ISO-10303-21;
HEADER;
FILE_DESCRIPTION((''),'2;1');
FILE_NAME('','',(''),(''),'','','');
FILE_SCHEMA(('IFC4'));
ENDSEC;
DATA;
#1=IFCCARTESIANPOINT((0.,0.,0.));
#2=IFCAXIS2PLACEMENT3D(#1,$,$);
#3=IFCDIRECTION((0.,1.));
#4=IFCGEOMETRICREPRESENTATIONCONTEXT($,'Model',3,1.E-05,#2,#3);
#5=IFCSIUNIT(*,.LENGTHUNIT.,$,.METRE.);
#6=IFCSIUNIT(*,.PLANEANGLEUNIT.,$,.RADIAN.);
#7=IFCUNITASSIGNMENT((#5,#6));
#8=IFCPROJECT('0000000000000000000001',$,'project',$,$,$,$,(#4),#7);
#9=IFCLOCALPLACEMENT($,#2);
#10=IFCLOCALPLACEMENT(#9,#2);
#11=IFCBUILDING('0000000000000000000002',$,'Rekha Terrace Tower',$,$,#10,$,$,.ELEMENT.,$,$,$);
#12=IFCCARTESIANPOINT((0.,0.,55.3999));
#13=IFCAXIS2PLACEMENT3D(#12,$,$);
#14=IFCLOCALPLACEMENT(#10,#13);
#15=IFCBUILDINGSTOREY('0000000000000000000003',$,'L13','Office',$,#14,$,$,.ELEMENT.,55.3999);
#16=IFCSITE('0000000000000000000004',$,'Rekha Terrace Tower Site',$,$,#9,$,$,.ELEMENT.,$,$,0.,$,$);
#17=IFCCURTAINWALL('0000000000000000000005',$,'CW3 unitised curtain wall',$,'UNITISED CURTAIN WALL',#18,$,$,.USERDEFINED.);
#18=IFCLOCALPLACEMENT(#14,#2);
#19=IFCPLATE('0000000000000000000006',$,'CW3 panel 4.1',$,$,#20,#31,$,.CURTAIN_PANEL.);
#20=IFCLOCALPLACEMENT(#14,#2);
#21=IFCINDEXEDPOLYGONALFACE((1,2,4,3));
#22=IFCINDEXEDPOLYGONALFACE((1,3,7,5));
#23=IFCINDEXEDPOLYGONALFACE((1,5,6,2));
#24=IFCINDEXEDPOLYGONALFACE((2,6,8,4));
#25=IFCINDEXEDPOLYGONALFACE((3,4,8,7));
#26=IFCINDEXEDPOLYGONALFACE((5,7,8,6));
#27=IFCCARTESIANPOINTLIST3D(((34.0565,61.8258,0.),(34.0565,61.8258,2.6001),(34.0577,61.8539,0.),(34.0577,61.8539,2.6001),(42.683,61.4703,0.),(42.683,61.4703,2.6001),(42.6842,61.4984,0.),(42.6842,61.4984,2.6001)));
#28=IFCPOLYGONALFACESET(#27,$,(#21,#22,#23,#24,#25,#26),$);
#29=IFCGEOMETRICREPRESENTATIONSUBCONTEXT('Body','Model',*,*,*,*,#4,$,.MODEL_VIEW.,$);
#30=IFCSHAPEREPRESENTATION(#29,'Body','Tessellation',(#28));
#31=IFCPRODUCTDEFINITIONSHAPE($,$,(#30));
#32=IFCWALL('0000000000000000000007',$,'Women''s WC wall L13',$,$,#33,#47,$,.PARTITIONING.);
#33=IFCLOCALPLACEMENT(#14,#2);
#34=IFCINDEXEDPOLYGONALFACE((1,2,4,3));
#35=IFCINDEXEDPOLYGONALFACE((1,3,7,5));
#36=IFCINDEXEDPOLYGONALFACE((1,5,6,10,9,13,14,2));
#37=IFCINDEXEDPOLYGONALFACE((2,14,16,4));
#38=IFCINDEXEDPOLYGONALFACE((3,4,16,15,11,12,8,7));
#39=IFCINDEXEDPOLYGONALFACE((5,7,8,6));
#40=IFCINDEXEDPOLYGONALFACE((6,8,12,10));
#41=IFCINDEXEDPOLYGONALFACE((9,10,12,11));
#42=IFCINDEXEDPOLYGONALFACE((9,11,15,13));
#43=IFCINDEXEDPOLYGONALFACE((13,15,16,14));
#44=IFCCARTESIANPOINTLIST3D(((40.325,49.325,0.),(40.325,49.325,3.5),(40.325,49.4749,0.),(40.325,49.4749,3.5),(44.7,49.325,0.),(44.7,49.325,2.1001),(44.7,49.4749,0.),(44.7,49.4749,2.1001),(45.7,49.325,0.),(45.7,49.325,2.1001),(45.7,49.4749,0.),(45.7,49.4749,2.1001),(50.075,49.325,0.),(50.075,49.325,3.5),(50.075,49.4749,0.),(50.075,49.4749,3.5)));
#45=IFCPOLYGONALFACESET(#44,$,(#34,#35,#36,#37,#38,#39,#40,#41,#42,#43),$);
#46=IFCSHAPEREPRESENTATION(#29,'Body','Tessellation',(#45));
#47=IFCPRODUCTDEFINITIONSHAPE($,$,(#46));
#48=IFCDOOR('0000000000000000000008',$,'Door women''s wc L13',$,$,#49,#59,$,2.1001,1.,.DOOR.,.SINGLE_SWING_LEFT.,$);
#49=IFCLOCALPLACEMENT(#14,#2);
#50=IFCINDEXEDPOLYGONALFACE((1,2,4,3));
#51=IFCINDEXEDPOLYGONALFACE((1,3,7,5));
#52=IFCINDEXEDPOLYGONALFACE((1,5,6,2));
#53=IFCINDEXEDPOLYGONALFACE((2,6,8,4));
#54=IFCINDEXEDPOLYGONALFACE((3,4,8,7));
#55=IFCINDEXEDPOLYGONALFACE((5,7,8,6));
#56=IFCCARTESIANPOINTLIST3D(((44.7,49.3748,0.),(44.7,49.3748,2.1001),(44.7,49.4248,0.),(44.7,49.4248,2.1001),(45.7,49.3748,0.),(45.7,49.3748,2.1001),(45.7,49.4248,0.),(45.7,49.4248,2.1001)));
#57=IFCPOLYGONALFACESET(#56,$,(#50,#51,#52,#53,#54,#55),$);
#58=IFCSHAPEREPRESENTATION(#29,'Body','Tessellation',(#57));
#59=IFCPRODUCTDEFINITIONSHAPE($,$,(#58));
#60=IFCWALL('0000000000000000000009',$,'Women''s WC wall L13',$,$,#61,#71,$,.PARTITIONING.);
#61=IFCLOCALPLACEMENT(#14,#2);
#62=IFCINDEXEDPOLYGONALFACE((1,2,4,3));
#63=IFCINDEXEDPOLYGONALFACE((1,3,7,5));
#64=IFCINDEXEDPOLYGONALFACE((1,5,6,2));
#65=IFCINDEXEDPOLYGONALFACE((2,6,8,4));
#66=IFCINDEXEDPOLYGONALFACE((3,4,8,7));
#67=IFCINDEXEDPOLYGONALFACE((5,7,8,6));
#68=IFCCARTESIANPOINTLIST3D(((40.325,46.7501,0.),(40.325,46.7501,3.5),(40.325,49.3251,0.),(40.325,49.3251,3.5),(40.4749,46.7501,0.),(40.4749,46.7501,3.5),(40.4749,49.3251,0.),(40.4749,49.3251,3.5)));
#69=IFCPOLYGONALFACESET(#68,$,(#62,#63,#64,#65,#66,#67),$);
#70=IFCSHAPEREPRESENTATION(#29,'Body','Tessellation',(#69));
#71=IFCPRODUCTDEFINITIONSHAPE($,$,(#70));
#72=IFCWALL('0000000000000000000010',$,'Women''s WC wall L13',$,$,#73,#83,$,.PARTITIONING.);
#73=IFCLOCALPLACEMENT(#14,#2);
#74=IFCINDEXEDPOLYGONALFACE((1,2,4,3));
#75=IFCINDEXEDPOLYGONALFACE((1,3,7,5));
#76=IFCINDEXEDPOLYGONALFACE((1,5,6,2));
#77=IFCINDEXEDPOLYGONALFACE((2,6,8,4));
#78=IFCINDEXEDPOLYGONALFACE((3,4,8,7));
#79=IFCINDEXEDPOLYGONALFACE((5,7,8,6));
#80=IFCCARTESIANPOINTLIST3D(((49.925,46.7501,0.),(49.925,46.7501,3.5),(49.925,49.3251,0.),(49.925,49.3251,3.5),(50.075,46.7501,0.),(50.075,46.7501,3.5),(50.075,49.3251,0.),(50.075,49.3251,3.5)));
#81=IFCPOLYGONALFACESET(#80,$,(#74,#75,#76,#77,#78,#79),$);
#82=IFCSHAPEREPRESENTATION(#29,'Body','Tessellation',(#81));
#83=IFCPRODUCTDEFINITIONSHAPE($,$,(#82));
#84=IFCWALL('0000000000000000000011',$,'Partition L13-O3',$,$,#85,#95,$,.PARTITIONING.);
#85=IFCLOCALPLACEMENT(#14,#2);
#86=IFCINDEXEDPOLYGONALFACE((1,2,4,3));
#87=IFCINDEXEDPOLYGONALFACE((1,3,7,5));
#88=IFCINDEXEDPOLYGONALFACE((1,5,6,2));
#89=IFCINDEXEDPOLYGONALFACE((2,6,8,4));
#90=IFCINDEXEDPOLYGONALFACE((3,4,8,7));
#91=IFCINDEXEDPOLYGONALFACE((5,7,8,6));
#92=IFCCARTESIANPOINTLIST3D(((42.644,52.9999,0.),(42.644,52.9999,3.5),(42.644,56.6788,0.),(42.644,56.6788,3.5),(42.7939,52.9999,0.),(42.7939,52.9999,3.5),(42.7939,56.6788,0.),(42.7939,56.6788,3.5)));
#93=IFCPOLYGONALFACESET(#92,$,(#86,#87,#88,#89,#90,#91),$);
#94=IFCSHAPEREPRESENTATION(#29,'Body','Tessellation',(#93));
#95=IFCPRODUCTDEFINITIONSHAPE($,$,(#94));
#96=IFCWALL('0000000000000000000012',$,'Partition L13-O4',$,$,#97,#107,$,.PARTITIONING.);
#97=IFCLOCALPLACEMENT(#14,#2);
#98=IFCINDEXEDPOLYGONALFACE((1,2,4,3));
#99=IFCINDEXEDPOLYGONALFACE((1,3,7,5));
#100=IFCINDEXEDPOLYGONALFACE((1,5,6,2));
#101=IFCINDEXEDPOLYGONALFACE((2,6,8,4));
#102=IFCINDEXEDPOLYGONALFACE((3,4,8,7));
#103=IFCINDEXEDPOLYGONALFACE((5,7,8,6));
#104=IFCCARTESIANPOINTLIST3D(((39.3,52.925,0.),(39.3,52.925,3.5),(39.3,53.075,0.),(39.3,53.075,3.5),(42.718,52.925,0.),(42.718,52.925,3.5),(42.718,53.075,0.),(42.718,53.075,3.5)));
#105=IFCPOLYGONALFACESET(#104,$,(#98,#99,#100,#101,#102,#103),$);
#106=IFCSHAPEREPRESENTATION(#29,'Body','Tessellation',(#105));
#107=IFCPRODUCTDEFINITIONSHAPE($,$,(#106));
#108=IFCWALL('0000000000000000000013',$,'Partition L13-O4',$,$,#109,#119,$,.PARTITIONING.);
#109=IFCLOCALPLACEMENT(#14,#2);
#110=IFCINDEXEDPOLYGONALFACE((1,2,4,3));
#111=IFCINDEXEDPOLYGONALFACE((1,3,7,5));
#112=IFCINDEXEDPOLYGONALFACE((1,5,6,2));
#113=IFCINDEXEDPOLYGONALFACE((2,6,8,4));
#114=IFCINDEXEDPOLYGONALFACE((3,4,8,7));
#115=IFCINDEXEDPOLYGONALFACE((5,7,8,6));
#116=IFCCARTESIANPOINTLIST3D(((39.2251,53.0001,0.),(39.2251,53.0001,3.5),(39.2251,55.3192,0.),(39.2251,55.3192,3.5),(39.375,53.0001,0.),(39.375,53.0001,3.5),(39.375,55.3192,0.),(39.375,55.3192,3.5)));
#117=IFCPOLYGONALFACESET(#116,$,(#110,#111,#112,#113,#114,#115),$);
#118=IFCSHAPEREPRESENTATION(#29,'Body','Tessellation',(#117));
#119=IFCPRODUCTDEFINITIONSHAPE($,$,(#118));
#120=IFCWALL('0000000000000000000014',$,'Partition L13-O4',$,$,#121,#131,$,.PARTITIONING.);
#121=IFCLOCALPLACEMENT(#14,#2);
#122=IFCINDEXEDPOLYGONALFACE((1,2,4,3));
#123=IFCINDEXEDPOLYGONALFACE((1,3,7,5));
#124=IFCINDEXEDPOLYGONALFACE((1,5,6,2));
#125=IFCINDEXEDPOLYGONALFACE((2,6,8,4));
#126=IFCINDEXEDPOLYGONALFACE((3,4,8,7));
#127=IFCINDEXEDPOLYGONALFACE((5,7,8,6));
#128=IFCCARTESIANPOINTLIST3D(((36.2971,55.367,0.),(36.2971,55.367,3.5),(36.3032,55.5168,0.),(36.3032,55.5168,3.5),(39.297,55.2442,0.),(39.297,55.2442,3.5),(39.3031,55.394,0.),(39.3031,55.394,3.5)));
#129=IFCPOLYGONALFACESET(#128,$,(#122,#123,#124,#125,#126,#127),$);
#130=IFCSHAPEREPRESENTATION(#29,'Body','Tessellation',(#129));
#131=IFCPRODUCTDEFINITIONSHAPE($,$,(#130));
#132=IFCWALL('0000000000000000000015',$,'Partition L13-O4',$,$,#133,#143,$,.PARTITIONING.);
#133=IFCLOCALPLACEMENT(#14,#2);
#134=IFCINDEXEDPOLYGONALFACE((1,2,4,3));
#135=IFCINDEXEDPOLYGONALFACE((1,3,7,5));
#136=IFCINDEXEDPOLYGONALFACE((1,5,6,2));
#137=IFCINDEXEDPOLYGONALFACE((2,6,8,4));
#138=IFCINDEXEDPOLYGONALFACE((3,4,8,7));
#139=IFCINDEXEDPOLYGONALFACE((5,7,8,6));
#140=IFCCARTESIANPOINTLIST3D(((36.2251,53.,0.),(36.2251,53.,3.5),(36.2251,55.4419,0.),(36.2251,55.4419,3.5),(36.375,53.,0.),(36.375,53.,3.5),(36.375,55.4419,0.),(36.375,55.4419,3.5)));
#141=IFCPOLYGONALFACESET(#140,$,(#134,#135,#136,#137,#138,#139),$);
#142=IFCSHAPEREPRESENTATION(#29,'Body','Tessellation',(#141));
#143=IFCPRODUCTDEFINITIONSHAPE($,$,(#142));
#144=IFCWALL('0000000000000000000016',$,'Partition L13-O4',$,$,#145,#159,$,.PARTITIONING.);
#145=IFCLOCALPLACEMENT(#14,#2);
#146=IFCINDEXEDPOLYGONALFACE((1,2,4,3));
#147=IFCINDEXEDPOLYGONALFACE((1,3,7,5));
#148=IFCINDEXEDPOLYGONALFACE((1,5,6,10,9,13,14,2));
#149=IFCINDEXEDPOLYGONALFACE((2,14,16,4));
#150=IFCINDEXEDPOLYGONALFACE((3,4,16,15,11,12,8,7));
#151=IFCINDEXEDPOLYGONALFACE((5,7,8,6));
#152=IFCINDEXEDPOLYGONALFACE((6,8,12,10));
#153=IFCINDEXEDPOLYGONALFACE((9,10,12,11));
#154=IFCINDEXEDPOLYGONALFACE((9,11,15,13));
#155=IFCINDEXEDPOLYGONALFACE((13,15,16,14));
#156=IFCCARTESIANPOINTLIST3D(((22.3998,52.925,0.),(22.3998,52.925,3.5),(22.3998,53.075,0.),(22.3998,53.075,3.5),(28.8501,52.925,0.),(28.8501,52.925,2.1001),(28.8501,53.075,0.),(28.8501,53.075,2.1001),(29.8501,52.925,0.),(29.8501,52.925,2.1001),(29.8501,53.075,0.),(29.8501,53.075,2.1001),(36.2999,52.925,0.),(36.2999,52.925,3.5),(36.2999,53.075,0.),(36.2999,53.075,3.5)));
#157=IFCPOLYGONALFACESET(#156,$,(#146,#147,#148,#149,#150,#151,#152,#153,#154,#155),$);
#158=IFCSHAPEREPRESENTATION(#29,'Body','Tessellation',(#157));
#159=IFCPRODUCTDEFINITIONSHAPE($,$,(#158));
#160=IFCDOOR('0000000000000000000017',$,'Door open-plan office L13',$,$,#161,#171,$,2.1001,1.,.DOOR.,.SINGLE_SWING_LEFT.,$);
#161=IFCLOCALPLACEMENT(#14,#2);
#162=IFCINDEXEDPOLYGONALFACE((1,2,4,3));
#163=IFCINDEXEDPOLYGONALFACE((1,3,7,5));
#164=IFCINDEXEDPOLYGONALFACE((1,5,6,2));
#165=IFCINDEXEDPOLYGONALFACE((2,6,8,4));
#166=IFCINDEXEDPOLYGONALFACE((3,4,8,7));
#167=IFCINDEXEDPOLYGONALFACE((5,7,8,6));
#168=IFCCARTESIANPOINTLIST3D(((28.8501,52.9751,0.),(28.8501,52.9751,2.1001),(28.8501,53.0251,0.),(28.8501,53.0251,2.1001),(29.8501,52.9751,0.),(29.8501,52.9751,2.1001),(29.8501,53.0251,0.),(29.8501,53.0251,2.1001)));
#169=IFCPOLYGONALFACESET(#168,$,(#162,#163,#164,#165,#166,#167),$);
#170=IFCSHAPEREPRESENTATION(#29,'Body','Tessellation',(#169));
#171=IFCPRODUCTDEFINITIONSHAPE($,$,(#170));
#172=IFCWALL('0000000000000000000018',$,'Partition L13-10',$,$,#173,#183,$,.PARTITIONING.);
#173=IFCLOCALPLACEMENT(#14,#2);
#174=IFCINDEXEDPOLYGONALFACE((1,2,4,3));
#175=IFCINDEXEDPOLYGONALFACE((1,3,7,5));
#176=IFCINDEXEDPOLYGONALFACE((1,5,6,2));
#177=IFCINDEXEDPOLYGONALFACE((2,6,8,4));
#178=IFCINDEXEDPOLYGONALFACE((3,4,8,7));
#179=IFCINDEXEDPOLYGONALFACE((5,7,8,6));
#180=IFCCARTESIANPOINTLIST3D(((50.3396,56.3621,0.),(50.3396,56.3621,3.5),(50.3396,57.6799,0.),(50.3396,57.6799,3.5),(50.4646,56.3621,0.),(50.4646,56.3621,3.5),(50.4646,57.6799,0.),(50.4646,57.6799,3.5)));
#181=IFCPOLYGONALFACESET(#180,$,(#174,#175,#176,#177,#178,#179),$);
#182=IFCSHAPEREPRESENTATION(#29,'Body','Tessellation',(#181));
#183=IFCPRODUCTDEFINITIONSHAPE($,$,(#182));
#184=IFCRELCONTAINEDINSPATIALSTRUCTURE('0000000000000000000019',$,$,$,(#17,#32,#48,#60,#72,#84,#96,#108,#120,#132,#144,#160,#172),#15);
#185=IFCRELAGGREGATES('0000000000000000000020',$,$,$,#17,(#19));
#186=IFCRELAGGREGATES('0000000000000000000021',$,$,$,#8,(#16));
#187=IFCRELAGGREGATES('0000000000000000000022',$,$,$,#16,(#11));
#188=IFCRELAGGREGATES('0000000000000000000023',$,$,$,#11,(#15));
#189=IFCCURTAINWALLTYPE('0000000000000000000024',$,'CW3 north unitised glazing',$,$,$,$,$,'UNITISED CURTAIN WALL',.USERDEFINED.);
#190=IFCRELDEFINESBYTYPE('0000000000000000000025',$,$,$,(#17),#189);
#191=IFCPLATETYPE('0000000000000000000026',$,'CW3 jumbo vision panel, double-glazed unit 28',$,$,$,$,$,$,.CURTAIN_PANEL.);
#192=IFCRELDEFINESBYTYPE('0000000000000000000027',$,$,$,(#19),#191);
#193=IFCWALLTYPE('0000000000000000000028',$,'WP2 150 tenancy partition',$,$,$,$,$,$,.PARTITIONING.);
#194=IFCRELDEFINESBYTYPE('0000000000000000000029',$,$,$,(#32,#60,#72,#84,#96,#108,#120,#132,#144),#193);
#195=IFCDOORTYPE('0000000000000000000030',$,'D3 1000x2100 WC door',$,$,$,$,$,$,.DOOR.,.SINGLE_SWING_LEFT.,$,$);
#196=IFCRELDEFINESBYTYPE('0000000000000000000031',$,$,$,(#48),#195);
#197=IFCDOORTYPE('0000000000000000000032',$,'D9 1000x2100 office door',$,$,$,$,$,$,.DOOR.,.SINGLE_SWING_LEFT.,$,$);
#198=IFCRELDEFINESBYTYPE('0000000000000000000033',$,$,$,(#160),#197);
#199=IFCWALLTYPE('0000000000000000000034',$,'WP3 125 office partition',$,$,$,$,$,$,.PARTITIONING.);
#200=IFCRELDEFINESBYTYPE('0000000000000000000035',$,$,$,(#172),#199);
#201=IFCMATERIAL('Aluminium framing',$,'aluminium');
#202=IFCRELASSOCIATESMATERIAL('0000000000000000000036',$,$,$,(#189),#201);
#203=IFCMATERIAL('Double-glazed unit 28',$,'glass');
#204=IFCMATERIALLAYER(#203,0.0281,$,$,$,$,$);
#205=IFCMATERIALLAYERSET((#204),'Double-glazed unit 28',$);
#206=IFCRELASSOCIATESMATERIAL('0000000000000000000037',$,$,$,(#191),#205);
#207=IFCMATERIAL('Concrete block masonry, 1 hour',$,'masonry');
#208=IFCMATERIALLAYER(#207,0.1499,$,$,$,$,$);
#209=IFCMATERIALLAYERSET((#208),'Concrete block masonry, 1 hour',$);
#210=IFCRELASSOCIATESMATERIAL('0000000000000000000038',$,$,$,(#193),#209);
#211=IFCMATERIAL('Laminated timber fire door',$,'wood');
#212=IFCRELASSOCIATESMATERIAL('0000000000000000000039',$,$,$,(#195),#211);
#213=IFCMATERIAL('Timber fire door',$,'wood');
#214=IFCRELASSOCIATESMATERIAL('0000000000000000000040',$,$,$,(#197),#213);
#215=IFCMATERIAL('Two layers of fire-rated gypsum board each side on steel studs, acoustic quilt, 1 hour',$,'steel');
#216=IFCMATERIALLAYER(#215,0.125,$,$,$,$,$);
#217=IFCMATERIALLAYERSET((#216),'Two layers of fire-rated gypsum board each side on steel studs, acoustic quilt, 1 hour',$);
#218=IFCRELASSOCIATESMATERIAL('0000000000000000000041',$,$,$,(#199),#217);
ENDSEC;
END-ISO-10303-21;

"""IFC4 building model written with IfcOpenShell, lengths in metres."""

from ifc_helpers import new_model, si_unit, direction, frame, frame_2d, origin, origin_2d, place, context, subcontext, project, spatial, rectangle, extrude, material, layer, layer_set, type_object, element, fill, aggregate, save


model = new_model("IFC4")

# Units and contexts
model_context = context("Model", 3, precision=1e-05, world=origin(), true_north=direction((0.0, 1.0)))
body_context = subcontext(model_context, "Body", "Model", "MODEL_VIEW")
ifc_project = project(units=[si_unit("LENGTHUNIT", "METRE"), si_unit("PLANEANGLEUNIT", "RADIAN")], contexts=[model_context])

# Site, building, storey
site_placement = place(None, origin())
site = spatial("IfcSite", under=ifc_project, at=site_placement, Name="Rekha Terrace Tower Site", CompositionType="ELEMENT", RefElevation=0.0)
building_placement = place(site_placement, origin())
building = spatial("IfcBuilding", under=site, at=building_placement, Name="Rekha Terrace Tower", CompositionType="ELEMENT")
storey_placement = place(building_placement, frame((0.0, 0.0, 55.3999)))
storey = spatial("IfcBuildingStorey", under=building, at=storey_placement, Name="L13", Description="Office", CompositionType="ELEMENT", Elevation=55.3999)

# Curtain wall, plate
ifc_material_1 = material(Name="Aluminium framing", Category="aluminium")
curtain_wall_type = type_object("IfcCurtainWallType", Name="CW3 north unitised glazing", ElementType="UNITISED CURTAIN WALL", PredefinedType="USERDEFINED", material=ifc_material_1)
curtain_wall_placement = place(storey_placement, origin())
curtain_wall = element("IfcCurtainWall", 1, at=curtain_wall_placement, inside=storey, type_object=curtain_wall_type, Name="CW3 unitised curtain wall", ObjectType="UNITISED CURTAIN WALL", PredefinedType="USERDEFINED")
ifc_material_2 = material(Name="Double-glazed unit 28", Category="glass")
ifc_layer_1 = layer(ifc_material_2, 0.0281)
ifc_layer_set_1 = layer_set([ifc_layer_1], Name="Double-glazed unit 28")
plate_type = type_object("IfcPlateType", Name="CW3 jumbo vision panel, double-glazed unit 28", PredefinedType="CURTAIN_PANEL", material=ifc_layer_set_1)
plate_1_placement = place(storey_placement, frame((38.3704, 61.6621, 0.0), z_axis=(0.0, 0.0, 1.0), x_axis=(-0.999152, 0.041174, 0.0)))
plate_1 = element("IfcPlate", 2, at=plate_1_placement, type_object=plate_type, Name="CW3 panel 4.1", PredefinedType="CURTAIN_PANEL", context=body_context, shape_type="SweptSolid", body=[
    extrude(rectangle(XDim=8.6338, YDim=0.0281, at=origin_2d()), origin(), (0.0, 0.0, 1.0), 2.6001),
])
aggregate(curtain_wall, [plate_1])

# Wall, opening, door
ifc_material_3 = material(Name="Concrete block masonry, 1 hour", Category="masonry")
ifc_layer_2 = layer(ifc_material_3, 0.1499)
ifc_layer_set_2 = layer_set([ifc_layer_2], Name="Concrete block masonry, 1 hour")
wall_type_1 = type_object("IfcWallType", Name="WP2 150 tenancy partition", PredefinedType="PARTITIONING", material=ifc_layer_set_2)
wall_1_placement = place(storey_placement, frame((40.325, 49.3999, 0.0), z_axis=(0.0, 0.0, 1.0), x_axis=(1.0, 0.0, 0.0)))
wall_1 = element("IfcWall", 3, at=wall_1_placement, inside=storey, type_object=wall_type_1, Name="Women's WC wall L13", PredefinedType="PARTITIONING", context=body_context, shape_type="SweptSolid", body=[
    extrude(rectangle(XDim=9.75, YDim=0.1499, at=frame_2d((4.875, 0.0))), origin(), (0.0, 0.0, 1.0), 3.5),
])
opening_1_placement = place(wall_1_placement, frame((4.375, 0.0, 0.0)))
opening_1 = element("IfcOpeningElement", 4, at=opening_1_placement, cuts=wall_1, PredefinedType="OPENING", context=body_context, shape_type="SweptSolid", body=[
    extrude(rectangle(XDim=1.0, YDim=2.1001, at=frame_2d((0.5, 1.05))), frame((0.0, 0.085, 0.0), z_axis=(0.0, -1.0, 0.0), x_axis=(1.0, 0.0, 0.0)), (0.0, 0.0, 1.0), 0.1699),
])
ifc_material_4 = material(Name="Laminated timber fire door", Category="wood")
door_type_1 = type_object("IfcDoorType", Name="D3 1000x2100 WC door", OperationType="SINGLE_SWING_LEFT", PredefinedType="DOOR", material=ifc_material_4)
door_1_placement = place(opening_1_placement, origin())
door_1 = element("IfcDoor", 5, at=door_1_placement, inside=storey, type_object=door_type_1, Name="Door women's wc L13", OperationType="SINGLE_SWING_LEFT", OverallHeight=2.1001, OverallWidth=1.0, PredefinedType="DOOR", context=body_context, shape_type="SweptSolid", body=[
    extrude(rectangle(XDim=1.0, YDim=2.1001, at=frame_2d((0.5, 1.05))), frame((0.0, 0.0249, 0.0), z_axis=(0.0, -1.0, 0.0), x_axis=(1.0, 0.0, 0.0)), (0.0, 0.0, 1.0), 0.05),
])
fill(opening_1, door_1)

# Walls
for number, where, z_axis, x_axis, name in (
    (6, (40.3999, 46.75, 0.0), (0.0, 0.0, 1.0), (0.0, 1.0, 0.0), "Women's WC wall L13"),
    (7, (50.0, 46.75, 0.0), (0.0, 0.0, 1.0), (0.0, 1.0, 0.0), "Women's WC wall L13"),
):
    element("IfcWall", number, at=place(storey_placement, frame(where, z_axis=z_axis, x_axis=x_axis)), inside=storey, type_object=wall_type_1, Name=name, PredefinedType="PARTITIONING", context=body_context, shape_type="SweptSolid", body=[
        extrude(rectangle(XDim=2.575, YDim=0.1499, at=frame_2d((1.2876, 0.0))), origin(), (0.0, 0.0, 1.0), 3.5),
    ])
wall_2_placement = place(storey_placement, frame((42.719, 53.0, 0.0), z_axis=(0.0, 0.0, 1.0), x_axis=(0.0, 1.0, 0.0)))
element("IfcWall", 8, at=wall_2_placement, inside=storey, type_object=wall_type_1, Name="Partition L13-O3", PredefinedType="PARTITIONING", context=body_context, shape_type="SweptSolid", body=[
    extrude(rectangle(XDim=3.679, YDim=0.1499, at=frame_2d((1.8394, 0.0))), origin(), (0.0, 0.0, 1.0), 3.5),
])
wall_3_placement = place(storey_placement, frame((42.718, 53.0, 0.0), z_axis=(0.0, 0.0, 1.0), x_axis=(-1.0, 0.0, 0.0)))
element("IfcWall", 9, at=wall_3_placement, inside=storey, type_object=wall_type_1, Name="Partition L13-O4", PredefinedType="PARTITIONING", context=body_context, shape_type="SweptSolid", body=[
    extrude(rectangle(XDim=3.418, YDim=0.1499, at=frame_2d((1.709, 0.0))), origin(), (0.0, 0.0, 1.0), 3.5),
])
wall_4_placement = place(storey_placement, frame((39.3, 53.0, 0.0), z_axis=(0.0, 0.0, 1.0), x_axis=(0.0, 1.0, 0.0)))
element("IfcWall", 10, at=wall_4_placement, inside=storey, type_object=wall_type_1, Name="Partition L13-O4", PredefinedType="PARTITIONING", context=body_context, shape_type="SweptSolid", body=[
    extrude(rectangle(XDim=2.3191, YDim=0.1499, at=frame_2d((1.1597, 0.0))), origin(), (0.0, 0.0, 1.0), 3.5),
])
wall_5_placement = place(storey_placement, frame((39.3, 55.3191, 0.0), z_axis=(0.0, 0.0, 1.0), x_axis=(-0.999163, 0.0409, 0.0)))
element("IfcWall", 11, at=wall_5_placement, inside=storey, type_object=wall_type_1, Name="Partition L13-O4", PredefinedType="PARTITIONING", context=body_context, shape_type="SweptSolid", body=[
    extrude(rectangle(XDim=3.0024, YDim=0.1499, at=frame_2d((1.5012, 0.0))), origin(), (0.0, 0.0, 1.0), 3.5),
])
wall_6_placement = place(storey_placement, frame((36.3, 55.4419, 0.0), z_axis=(0.0, 0.0, 1.0), x_axis=(0.0, -1.0, 0.0)))
element("IfcWall", 12, at=wall_6_placement, inside=storey, type_object=wall_type_1, Name="Partition L13-O4", PredefinedType="PARTITIONING", context=body_context, shape_type="SweptSolid", body=[
    extrude(rectangle(XDim=2.4419, YDim=0.1499, at=frame_2d((1.2209, 0.0))), origin(), (0.0, 0.0, 1.0), 3.5),
])

# Wall, opening, door
wall_7_placement = place(storey_placement, frame((36.3, 53.0, 0.0), z_axis=(0.0, 0.0, 1.0), x_axis=(-1.0, 0.0, 0.0)))
wall_7 = element("IfcWall", 13, at=wall_7_placement, inside=storey, type_object=wall_type_1, Name="Partition L13-O4", PredefinedType="PARTITIONING", context=body_context, shape_type="SweptSolid", body=[
    extrude(rectangle(XDim=13.9001, YDim=0.1499, at=frame_2d((6.9502, 0.0))), origin(), (0.0, 0.0, 1.0), 3.5),
])
opening_2_placement = place(wall_7_placement, frame((6.45, 0.0, 0.0)))
opening_2 = element("IfcOpeningElement", 14, at=opening_2_placement, cuts=wall_7, PredefinedType="OPENING", context=body_context, shape_type="SweptSolid", body=[
    extrude(rectangle(XDim=1.0, YDim=2.1001, at=frame_2d((0.5, 1.05))), frame((0.0, 0.085, 0.0), z_axis=(0.0, -1.0, 0.0), x_axis=(1.0, 0.0, 0.0)), (0.0, 0.0, 1.0), 0.1699),
])
ifc_material_5 = material(Name="Timber fire door", Category="wood")
door_type_2 = type_object("IfcDoorType", Name="D9 1000x2100 office door", OperationType="SINGLE_SWING_LEFT", PredefinedType="DOOR", material=ifc_material_5)
door_2_placement = place(opening_2_placement, origin())
door_2 = element("IfcDoor", 15, at=door_2_placement, inside=storey, type_object=door_type_2, Name="Door open-plan office L13", OperationType="SINGLE_SWING_LEFT", OverallHeight=2.1001, OverallWidth=1.0, PredefinedType="DOOR", context=body_context, shape_type="SweptSolid", body=[
    extrude(rectangle(XDim=1.0, YDim=2.1001, at=frame_2d((0.5, 1.05))), frame((0.0, 0.0249, 0.0), z_axis=(0.0, -1.0, 0.0), x_axis=(1.0, 0.0, 0.0)), (0.0, 0.0, 1.0), 0.05),
])
fill(opening_2, door_2)

# Wall
ifc_material_6 = material(Name="Two layers of fire-rated gypsum board each side on steel studs, acoustic quilt, 1 hour", Category="steel")
ifc_layer_3 = layer(ifc_material_6, 0.125)
ifc_layer_set_3 = layer_set([ifc_layer_3], Name="Two layers of fire-rated gypsum board each side on steel studs, acoustic quilt, 1 hour")
wall_type_2 = type_object("IfcWallType", Name="WP3 125 office partition", PredefinedType="PARTITIONING", material=ifc_layer_set_3)
wall_8_placement = place(storey_placement, frame((50.4021, 56.3621, 0.0), z_axis=(0.0, 0.0, 1.0), x_axis=(0.0, 1.0, 0.0)))
element("IfcWall", 16, at=wall_8_placement, inside=storey, type_object=wall_type_2, Name="Partition L13-10", PredefinedType="PARTITIONING", context=body_context, shape_type="SweptSolid", body=[
    extrude(rectangle(XDim=1.3179, YDim=0.125, at=frame_2d((0.6589, 0.0))), origin(), (0.0, 0.0, 1.0), 3.5),
])

save(model, "model.ifc")
